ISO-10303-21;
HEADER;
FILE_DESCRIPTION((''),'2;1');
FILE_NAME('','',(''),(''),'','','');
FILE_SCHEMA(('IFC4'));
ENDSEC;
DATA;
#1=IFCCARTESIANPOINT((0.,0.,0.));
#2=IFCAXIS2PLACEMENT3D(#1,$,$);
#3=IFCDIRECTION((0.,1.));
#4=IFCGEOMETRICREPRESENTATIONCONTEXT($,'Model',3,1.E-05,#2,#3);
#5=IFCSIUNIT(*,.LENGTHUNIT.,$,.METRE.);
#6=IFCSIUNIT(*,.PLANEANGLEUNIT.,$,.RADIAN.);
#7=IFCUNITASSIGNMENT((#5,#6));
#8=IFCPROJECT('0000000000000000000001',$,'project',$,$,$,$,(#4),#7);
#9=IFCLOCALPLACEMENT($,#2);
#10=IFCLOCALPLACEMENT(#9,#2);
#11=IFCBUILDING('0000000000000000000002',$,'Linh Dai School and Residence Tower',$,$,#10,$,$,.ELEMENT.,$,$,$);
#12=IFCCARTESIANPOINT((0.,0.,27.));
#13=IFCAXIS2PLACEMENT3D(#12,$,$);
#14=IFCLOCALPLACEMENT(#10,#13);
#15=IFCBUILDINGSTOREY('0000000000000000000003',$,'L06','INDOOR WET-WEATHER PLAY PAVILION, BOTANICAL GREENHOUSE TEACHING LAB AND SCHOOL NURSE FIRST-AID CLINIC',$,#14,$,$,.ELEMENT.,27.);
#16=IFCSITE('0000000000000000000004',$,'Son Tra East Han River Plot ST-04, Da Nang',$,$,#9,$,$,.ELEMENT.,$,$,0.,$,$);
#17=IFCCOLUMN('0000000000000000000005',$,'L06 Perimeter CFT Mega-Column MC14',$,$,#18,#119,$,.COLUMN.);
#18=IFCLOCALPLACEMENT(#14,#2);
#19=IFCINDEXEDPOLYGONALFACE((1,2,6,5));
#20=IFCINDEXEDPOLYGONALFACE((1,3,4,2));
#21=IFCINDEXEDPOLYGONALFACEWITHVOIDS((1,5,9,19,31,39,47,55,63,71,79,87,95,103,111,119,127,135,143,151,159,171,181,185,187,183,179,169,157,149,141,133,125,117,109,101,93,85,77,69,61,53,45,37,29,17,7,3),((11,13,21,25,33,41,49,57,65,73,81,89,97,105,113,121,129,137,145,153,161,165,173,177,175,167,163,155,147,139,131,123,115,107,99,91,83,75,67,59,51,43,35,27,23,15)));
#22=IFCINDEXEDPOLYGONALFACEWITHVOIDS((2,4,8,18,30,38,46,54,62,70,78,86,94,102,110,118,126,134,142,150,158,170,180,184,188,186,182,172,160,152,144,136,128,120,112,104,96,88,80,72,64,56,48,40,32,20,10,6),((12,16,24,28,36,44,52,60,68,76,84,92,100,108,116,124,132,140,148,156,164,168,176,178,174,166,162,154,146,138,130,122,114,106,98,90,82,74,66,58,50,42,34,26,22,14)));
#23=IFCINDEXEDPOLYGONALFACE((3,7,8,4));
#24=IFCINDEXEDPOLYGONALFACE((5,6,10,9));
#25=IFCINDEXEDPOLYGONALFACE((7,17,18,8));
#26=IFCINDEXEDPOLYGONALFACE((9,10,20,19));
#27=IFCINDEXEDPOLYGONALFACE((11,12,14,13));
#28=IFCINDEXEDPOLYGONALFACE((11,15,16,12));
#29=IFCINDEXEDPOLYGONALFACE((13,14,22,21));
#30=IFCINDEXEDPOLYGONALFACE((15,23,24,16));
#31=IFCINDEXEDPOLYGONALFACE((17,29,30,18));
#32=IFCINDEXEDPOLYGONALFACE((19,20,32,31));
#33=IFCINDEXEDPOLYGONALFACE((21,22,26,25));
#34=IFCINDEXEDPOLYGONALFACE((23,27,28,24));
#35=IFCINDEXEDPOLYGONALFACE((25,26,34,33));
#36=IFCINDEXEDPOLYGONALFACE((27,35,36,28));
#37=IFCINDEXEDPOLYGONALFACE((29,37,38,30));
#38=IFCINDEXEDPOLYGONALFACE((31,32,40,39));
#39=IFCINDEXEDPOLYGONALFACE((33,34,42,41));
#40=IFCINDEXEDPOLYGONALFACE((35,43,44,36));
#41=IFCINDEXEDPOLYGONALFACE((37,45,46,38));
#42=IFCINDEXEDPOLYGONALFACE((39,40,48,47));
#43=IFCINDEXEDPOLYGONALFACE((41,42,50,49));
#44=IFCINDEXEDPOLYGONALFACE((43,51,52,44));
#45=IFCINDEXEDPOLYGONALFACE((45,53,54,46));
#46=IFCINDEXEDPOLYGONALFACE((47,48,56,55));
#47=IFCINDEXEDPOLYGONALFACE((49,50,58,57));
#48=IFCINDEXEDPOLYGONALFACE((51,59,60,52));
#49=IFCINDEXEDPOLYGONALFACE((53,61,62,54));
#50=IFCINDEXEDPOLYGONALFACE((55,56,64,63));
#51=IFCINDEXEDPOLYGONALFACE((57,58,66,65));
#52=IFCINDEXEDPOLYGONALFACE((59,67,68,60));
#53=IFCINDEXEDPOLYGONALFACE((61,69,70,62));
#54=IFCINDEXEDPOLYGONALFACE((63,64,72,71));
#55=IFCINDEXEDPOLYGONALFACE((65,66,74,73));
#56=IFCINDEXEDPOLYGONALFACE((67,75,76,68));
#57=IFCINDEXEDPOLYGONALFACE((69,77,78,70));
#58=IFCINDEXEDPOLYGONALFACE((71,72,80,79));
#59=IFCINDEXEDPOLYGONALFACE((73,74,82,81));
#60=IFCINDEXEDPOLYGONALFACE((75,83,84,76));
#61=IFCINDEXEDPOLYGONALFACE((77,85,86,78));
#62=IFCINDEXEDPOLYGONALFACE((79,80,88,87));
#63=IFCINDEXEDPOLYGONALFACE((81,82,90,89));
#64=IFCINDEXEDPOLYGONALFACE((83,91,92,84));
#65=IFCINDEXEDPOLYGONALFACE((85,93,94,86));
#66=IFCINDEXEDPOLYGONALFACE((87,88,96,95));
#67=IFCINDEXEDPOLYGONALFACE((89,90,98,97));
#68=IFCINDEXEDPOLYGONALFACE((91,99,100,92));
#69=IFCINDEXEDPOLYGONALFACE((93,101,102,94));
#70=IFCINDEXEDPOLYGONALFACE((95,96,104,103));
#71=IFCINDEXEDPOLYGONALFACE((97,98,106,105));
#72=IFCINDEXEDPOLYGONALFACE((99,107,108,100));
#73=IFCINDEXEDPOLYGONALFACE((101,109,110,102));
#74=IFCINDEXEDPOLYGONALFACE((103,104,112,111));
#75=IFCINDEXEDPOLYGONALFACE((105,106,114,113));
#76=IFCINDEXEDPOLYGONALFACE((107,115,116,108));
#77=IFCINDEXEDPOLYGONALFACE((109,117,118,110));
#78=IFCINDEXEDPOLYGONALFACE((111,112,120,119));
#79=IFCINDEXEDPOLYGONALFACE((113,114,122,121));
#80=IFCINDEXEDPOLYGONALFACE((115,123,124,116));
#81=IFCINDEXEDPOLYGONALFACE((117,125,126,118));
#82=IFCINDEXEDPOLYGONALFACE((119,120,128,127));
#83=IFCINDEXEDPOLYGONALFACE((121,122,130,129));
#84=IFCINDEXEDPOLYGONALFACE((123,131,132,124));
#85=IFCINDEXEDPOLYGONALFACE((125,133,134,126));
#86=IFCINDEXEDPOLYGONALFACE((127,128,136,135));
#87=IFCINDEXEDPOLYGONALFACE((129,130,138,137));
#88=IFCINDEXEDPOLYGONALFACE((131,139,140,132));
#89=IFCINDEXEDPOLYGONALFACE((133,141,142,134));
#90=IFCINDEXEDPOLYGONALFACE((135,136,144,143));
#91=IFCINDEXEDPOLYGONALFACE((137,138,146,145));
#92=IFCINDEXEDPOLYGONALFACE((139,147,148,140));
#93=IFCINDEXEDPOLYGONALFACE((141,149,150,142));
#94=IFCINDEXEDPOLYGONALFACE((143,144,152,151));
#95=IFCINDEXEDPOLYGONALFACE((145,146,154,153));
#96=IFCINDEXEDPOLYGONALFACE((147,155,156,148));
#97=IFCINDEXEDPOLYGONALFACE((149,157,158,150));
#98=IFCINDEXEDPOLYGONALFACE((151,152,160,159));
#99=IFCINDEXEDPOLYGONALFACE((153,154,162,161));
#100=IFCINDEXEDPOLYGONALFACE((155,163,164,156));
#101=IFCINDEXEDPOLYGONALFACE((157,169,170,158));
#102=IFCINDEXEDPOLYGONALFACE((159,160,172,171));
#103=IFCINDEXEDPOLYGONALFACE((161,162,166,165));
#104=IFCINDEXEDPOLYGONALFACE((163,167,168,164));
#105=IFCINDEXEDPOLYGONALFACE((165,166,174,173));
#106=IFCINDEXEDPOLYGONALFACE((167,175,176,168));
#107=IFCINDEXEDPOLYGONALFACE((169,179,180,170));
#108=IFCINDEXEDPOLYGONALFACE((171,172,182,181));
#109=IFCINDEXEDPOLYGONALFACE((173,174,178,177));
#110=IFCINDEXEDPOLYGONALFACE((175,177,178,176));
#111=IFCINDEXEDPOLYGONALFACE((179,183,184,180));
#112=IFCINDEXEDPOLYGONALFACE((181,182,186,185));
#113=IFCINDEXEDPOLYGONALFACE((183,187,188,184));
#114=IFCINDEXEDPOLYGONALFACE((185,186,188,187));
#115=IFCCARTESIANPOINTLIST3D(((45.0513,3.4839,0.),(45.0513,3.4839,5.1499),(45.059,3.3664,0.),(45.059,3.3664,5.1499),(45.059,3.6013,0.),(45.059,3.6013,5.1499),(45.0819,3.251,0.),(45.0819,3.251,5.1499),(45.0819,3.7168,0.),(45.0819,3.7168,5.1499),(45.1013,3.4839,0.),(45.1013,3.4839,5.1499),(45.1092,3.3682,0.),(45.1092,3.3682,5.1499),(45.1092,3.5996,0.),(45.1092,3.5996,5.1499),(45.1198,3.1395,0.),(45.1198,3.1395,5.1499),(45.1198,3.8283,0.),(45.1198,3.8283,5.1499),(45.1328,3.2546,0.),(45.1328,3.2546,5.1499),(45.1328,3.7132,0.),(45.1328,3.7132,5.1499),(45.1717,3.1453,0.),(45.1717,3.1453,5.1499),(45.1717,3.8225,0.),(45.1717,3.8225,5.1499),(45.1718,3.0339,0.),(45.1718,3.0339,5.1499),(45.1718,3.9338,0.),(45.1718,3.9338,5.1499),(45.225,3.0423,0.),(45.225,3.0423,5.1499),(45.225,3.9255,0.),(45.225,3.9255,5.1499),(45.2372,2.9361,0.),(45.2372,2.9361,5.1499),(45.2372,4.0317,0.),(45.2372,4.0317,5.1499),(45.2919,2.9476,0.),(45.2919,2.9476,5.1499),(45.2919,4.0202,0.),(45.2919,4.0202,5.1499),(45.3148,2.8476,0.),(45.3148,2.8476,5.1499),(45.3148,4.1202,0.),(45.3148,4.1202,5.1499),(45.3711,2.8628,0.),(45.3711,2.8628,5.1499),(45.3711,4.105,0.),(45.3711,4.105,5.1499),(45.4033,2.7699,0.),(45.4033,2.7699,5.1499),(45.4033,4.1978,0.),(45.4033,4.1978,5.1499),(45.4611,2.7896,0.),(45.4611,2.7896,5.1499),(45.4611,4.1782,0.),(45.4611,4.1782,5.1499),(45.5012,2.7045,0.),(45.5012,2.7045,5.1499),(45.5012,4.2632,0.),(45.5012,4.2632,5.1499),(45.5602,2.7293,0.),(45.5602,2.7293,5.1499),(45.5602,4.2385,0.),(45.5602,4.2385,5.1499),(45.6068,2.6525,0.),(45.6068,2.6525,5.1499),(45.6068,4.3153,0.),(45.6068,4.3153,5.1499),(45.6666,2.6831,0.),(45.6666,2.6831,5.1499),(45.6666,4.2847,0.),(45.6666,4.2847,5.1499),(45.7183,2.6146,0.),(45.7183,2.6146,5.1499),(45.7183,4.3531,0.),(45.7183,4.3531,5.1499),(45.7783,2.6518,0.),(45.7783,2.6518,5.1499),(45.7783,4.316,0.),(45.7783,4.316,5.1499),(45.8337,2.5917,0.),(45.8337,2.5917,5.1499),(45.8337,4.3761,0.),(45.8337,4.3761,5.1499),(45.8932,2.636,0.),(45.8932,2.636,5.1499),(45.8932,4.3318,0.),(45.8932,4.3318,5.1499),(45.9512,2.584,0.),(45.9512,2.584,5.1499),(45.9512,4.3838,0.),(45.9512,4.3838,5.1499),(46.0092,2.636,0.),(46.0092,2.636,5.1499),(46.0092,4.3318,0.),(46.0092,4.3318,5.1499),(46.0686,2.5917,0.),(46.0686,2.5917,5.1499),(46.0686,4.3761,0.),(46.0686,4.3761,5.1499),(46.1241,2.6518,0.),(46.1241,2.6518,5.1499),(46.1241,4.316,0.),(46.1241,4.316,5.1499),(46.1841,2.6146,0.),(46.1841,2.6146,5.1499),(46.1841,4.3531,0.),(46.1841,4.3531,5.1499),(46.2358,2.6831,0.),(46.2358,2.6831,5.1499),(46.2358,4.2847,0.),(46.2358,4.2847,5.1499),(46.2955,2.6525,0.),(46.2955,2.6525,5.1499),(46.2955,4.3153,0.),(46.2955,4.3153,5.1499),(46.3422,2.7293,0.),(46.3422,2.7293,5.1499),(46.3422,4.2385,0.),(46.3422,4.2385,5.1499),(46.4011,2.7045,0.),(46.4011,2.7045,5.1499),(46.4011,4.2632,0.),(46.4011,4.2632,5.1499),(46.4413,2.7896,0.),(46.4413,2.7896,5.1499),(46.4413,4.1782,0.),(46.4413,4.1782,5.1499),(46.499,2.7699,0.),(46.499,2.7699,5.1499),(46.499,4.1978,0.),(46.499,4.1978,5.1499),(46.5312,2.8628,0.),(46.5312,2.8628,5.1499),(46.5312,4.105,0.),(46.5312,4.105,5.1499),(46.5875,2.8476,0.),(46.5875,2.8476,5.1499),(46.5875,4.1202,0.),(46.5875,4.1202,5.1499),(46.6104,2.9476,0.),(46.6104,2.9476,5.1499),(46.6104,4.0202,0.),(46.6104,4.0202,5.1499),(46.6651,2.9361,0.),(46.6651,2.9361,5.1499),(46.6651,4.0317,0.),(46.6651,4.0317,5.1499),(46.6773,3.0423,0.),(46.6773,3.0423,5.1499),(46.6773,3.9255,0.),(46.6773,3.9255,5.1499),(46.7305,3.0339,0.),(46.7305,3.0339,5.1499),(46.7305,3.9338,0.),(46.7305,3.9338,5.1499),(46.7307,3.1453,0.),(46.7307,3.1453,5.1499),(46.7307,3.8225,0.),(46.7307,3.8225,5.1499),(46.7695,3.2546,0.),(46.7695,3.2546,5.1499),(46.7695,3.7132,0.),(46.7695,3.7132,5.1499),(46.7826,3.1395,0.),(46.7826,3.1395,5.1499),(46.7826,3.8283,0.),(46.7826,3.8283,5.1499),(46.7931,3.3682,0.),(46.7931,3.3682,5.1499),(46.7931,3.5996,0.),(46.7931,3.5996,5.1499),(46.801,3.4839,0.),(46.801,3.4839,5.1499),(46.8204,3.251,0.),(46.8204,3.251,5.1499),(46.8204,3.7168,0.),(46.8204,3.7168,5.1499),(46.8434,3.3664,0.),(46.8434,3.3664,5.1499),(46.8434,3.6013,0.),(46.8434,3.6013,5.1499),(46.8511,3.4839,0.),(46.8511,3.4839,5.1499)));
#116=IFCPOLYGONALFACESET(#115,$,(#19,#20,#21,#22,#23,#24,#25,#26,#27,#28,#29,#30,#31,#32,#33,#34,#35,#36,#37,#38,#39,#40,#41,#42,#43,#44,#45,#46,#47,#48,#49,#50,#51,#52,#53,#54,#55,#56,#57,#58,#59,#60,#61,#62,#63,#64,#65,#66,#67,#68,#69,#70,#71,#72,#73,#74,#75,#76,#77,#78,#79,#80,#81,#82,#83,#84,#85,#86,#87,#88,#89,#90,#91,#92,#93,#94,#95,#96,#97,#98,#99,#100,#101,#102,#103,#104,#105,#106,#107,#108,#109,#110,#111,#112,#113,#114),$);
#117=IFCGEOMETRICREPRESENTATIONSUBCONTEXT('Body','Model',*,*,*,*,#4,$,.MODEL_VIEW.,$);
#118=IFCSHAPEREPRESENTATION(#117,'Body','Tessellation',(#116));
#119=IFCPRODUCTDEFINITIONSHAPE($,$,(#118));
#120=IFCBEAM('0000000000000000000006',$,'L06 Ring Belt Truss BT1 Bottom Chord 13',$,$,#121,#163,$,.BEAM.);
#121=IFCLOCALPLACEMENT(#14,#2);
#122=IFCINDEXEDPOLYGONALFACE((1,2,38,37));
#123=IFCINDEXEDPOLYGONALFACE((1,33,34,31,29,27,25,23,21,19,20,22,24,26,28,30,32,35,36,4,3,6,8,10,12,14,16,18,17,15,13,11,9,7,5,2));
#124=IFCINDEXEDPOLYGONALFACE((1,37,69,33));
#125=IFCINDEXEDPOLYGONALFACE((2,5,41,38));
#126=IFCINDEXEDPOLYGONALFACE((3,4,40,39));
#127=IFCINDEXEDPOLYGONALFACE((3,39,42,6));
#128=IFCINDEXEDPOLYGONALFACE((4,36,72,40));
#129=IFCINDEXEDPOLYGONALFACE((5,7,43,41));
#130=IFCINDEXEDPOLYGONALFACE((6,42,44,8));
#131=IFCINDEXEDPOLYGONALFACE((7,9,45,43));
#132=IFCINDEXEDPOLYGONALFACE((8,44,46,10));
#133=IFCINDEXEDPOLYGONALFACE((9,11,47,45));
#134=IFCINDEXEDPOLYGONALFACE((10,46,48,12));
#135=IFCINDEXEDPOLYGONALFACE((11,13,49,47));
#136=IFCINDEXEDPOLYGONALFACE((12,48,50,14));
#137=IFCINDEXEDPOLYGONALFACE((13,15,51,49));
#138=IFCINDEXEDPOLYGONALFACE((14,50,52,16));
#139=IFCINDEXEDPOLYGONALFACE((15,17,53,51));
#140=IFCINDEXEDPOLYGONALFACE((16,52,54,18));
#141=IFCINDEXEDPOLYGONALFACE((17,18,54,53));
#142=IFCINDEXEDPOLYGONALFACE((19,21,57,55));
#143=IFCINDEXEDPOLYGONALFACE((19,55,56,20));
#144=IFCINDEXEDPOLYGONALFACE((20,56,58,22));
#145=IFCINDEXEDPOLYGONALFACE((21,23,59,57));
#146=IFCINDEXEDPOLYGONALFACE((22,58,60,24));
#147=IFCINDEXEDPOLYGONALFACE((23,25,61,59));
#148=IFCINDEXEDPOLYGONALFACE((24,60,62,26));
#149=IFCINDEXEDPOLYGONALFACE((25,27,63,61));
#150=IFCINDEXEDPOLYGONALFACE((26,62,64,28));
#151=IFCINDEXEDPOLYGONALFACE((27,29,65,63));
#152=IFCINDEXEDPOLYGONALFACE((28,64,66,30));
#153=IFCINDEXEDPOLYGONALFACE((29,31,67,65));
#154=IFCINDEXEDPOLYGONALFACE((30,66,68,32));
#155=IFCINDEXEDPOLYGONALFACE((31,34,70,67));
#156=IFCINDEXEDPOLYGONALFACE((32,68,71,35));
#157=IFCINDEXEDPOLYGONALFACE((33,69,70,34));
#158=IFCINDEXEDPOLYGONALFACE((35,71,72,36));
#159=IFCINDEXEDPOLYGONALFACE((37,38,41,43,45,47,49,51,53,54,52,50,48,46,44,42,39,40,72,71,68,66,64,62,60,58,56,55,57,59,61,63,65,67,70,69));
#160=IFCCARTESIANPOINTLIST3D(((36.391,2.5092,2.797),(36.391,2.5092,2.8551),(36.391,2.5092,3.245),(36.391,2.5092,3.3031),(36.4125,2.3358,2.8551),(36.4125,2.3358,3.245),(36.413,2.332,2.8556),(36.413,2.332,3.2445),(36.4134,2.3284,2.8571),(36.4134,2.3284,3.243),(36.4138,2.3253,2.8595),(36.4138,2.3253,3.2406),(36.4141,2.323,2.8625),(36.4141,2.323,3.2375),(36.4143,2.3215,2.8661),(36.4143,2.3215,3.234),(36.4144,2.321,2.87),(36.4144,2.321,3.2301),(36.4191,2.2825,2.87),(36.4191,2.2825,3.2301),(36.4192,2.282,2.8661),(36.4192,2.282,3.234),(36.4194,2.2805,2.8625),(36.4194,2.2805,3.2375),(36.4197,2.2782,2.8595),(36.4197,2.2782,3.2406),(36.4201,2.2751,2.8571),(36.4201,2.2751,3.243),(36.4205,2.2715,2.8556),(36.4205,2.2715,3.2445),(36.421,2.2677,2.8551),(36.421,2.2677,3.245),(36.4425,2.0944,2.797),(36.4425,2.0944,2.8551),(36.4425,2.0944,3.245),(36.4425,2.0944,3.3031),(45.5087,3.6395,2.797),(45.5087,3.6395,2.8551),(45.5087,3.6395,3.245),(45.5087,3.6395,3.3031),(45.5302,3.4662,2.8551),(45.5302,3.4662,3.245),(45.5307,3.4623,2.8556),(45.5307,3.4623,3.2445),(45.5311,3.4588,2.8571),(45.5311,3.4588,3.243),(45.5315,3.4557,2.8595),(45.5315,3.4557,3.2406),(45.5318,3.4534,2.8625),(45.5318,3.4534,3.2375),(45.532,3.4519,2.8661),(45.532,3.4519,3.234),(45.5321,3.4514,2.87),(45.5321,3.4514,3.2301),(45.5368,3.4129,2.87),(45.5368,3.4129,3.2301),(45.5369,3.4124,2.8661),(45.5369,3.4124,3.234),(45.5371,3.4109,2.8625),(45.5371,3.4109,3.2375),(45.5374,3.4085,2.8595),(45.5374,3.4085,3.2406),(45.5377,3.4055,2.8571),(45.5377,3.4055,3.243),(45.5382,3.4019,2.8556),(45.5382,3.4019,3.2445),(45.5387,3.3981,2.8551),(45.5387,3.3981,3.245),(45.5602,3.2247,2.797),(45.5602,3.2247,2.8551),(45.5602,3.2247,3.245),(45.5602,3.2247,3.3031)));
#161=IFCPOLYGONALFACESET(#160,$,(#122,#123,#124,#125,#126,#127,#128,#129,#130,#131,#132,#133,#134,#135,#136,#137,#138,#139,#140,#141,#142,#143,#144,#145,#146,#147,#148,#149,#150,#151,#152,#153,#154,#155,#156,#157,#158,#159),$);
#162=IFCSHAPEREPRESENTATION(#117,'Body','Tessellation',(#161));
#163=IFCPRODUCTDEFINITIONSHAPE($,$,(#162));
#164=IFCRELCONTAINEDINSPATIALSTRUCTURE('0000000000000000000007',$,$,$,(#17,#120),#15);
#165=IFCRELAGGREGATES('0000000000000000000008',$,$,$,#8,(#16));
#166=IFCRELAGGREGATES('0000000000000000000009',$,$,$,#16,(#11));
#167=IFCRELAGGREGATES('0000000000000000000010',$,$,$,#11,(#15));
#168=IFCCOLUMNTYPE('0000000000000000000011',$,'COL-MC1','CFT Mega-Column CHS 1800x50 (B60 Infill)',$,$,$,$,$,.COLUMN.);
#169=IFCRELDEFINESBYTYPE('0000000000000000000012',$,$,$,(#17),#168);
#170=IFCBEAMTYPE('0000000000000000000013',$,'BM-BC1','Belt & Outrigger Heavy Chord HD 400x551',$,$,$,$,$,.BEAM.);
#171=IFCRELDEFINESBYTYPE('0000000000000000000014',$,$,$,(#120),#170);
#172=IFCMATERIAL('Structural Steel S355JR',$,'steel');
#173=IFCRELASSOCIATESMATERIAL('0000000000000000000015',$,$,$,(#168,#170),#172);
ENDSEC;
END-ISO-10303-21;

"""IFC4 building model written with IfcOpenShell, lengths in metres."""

from ifc_helpers import new_model, si_unit, direction, frame, origin, origin_2d, place, context, subcontext, project, spatial, hollow_circle, i_section, extrude, material, material_profile, profile_set, type_object, element, save


model = new_model("IFC4")

# Units and contexts
model_context = context("Model", 3, precision=1e-05, world=origin(), true_north=direction((0.0, 1.0)))
body_context = subcontext(model_context, "Body", "Model", "MODEL_VIEW")
ifc_project = project(units=[si_unit("LENGTHUNIT", "METRE"), si_unit("PLANEANGLEUNIT", "RADIAN")], contexts=[model_context])

# Site, building, storey
site_placement = place(None, origin())
site = spatial("IfcSite", under=ifc_project, at=site_placement, Name="Son Tra East Han River Plot ST-04, Da Nang", CompositionType="ELEMENT", RefElevation=0.0)
building_placement = place(site_placement, origin())
building = spatial("IfcBuilding", under=site, at=building_placement, Name="Linh Dai School and Residence Tower", CompositionType="ELEMENT")
storey_placement = place(building_placement, frame((0.0, 0.0, 27.0)))
storey = spatial("IfcBuildingStorey", under=building, at=storey_placement, Name="L06", Description="INDOOR WET-WEATHER PLAY PAVILION, BOTANICAL GREENHOUSE TEACHING LAB AND SCHOOL NURSE FIRST-AID CLINIC", CompositionType="ELEMENT", Elevation=27.0)

# Column
ifc_material_1 = material(Name="Structural Steel S355JR", Category="steel")
ifc_material_profile_1 = material_profile(ifc_material_1, hollow_circle(Radius=0.8999, WallThickness=0.05, at=origin_2d()), Name="CHS 1800x50")
ifc_profile_set_1 = profile_set([ifc_material_profile_1], Name="Structural Steel S355JR")
column_type = type_object("IfcColumnType", Name="COL-MC1", Description="CFT Mega-Column CHS 1800x50 (B60 Infill)", PredefinedType="COLUMN", material=ifc_profile_set_1)
for number, where, z_axis, x_axis, name in (
    (1, (45.9512, 3.4839, 0.0), (0.0, 0.0, 1.0), (1.0, 0.0, 0.0), "L06 Perimeter CFT Mega-Column MC14"),
):
    element("IfcColumn", number, at=place(storey_placement, frame(where, z_axis=z_axis, x_axis=x_axis)), inside=storey, type_object=column_type, Name=name, PredefinedType="COLUMN", context=body_context, shape_type="SweptSolid", body=[
        extrude(hollow_circle(Radius=0.8999, WallThickness=0.05, at=origin_2d()), origin(), (0.0, 0.0, 1.0), 5.1499),
    ])

# Beam
ifc_material_profile_2 = material_profile(ifc_material_1, i_section(OverallWidth=0.418, OverallDepth=0.5061, WebThickness=0.0388, FlangeThickness=0.0581, FilletRadius=0.0149, at=origin_2d()), Name="HD 400x551")
ifc_profile_set_2 = profile_set([ifc_material_profile_2], Name="Structural Steel S355JR")
beam_type_1 = type_object("IfcBeamType", Name="BM-BC1", Description="Belt & Outrigger Heavy Chord HD 400x551", PredefinedType="BEAM", material=ifc_profile_set_2)
beam_1_placement = place(storey_placement, frame((36.4167, 2.3018, 3.05), z_axis=(0.992402, 0.123034, 0.0), x_axis=(-0.123034, 0.992402, 0.0)))
element("IfcBeam", 2, at=beam_1_placement, inside=storey, type_object=beam_type_1, Name="L06 Ring Belt Truss BT1 Bottom Chord 13", PredefinedType="BEAM", context=body_context, shape_type="SweptSolid", body=[
    extrude(i_section(OverallWidth=0.418, OverallDepth=0.5061, WebThickness=0.0388, FlangeThickness=0.0581, FilletRadius=0.0149, at=origin_2d()), origin(), (0.0, 0.0, 1.0), 9.1875),
])

save(model, "model.ifc")
